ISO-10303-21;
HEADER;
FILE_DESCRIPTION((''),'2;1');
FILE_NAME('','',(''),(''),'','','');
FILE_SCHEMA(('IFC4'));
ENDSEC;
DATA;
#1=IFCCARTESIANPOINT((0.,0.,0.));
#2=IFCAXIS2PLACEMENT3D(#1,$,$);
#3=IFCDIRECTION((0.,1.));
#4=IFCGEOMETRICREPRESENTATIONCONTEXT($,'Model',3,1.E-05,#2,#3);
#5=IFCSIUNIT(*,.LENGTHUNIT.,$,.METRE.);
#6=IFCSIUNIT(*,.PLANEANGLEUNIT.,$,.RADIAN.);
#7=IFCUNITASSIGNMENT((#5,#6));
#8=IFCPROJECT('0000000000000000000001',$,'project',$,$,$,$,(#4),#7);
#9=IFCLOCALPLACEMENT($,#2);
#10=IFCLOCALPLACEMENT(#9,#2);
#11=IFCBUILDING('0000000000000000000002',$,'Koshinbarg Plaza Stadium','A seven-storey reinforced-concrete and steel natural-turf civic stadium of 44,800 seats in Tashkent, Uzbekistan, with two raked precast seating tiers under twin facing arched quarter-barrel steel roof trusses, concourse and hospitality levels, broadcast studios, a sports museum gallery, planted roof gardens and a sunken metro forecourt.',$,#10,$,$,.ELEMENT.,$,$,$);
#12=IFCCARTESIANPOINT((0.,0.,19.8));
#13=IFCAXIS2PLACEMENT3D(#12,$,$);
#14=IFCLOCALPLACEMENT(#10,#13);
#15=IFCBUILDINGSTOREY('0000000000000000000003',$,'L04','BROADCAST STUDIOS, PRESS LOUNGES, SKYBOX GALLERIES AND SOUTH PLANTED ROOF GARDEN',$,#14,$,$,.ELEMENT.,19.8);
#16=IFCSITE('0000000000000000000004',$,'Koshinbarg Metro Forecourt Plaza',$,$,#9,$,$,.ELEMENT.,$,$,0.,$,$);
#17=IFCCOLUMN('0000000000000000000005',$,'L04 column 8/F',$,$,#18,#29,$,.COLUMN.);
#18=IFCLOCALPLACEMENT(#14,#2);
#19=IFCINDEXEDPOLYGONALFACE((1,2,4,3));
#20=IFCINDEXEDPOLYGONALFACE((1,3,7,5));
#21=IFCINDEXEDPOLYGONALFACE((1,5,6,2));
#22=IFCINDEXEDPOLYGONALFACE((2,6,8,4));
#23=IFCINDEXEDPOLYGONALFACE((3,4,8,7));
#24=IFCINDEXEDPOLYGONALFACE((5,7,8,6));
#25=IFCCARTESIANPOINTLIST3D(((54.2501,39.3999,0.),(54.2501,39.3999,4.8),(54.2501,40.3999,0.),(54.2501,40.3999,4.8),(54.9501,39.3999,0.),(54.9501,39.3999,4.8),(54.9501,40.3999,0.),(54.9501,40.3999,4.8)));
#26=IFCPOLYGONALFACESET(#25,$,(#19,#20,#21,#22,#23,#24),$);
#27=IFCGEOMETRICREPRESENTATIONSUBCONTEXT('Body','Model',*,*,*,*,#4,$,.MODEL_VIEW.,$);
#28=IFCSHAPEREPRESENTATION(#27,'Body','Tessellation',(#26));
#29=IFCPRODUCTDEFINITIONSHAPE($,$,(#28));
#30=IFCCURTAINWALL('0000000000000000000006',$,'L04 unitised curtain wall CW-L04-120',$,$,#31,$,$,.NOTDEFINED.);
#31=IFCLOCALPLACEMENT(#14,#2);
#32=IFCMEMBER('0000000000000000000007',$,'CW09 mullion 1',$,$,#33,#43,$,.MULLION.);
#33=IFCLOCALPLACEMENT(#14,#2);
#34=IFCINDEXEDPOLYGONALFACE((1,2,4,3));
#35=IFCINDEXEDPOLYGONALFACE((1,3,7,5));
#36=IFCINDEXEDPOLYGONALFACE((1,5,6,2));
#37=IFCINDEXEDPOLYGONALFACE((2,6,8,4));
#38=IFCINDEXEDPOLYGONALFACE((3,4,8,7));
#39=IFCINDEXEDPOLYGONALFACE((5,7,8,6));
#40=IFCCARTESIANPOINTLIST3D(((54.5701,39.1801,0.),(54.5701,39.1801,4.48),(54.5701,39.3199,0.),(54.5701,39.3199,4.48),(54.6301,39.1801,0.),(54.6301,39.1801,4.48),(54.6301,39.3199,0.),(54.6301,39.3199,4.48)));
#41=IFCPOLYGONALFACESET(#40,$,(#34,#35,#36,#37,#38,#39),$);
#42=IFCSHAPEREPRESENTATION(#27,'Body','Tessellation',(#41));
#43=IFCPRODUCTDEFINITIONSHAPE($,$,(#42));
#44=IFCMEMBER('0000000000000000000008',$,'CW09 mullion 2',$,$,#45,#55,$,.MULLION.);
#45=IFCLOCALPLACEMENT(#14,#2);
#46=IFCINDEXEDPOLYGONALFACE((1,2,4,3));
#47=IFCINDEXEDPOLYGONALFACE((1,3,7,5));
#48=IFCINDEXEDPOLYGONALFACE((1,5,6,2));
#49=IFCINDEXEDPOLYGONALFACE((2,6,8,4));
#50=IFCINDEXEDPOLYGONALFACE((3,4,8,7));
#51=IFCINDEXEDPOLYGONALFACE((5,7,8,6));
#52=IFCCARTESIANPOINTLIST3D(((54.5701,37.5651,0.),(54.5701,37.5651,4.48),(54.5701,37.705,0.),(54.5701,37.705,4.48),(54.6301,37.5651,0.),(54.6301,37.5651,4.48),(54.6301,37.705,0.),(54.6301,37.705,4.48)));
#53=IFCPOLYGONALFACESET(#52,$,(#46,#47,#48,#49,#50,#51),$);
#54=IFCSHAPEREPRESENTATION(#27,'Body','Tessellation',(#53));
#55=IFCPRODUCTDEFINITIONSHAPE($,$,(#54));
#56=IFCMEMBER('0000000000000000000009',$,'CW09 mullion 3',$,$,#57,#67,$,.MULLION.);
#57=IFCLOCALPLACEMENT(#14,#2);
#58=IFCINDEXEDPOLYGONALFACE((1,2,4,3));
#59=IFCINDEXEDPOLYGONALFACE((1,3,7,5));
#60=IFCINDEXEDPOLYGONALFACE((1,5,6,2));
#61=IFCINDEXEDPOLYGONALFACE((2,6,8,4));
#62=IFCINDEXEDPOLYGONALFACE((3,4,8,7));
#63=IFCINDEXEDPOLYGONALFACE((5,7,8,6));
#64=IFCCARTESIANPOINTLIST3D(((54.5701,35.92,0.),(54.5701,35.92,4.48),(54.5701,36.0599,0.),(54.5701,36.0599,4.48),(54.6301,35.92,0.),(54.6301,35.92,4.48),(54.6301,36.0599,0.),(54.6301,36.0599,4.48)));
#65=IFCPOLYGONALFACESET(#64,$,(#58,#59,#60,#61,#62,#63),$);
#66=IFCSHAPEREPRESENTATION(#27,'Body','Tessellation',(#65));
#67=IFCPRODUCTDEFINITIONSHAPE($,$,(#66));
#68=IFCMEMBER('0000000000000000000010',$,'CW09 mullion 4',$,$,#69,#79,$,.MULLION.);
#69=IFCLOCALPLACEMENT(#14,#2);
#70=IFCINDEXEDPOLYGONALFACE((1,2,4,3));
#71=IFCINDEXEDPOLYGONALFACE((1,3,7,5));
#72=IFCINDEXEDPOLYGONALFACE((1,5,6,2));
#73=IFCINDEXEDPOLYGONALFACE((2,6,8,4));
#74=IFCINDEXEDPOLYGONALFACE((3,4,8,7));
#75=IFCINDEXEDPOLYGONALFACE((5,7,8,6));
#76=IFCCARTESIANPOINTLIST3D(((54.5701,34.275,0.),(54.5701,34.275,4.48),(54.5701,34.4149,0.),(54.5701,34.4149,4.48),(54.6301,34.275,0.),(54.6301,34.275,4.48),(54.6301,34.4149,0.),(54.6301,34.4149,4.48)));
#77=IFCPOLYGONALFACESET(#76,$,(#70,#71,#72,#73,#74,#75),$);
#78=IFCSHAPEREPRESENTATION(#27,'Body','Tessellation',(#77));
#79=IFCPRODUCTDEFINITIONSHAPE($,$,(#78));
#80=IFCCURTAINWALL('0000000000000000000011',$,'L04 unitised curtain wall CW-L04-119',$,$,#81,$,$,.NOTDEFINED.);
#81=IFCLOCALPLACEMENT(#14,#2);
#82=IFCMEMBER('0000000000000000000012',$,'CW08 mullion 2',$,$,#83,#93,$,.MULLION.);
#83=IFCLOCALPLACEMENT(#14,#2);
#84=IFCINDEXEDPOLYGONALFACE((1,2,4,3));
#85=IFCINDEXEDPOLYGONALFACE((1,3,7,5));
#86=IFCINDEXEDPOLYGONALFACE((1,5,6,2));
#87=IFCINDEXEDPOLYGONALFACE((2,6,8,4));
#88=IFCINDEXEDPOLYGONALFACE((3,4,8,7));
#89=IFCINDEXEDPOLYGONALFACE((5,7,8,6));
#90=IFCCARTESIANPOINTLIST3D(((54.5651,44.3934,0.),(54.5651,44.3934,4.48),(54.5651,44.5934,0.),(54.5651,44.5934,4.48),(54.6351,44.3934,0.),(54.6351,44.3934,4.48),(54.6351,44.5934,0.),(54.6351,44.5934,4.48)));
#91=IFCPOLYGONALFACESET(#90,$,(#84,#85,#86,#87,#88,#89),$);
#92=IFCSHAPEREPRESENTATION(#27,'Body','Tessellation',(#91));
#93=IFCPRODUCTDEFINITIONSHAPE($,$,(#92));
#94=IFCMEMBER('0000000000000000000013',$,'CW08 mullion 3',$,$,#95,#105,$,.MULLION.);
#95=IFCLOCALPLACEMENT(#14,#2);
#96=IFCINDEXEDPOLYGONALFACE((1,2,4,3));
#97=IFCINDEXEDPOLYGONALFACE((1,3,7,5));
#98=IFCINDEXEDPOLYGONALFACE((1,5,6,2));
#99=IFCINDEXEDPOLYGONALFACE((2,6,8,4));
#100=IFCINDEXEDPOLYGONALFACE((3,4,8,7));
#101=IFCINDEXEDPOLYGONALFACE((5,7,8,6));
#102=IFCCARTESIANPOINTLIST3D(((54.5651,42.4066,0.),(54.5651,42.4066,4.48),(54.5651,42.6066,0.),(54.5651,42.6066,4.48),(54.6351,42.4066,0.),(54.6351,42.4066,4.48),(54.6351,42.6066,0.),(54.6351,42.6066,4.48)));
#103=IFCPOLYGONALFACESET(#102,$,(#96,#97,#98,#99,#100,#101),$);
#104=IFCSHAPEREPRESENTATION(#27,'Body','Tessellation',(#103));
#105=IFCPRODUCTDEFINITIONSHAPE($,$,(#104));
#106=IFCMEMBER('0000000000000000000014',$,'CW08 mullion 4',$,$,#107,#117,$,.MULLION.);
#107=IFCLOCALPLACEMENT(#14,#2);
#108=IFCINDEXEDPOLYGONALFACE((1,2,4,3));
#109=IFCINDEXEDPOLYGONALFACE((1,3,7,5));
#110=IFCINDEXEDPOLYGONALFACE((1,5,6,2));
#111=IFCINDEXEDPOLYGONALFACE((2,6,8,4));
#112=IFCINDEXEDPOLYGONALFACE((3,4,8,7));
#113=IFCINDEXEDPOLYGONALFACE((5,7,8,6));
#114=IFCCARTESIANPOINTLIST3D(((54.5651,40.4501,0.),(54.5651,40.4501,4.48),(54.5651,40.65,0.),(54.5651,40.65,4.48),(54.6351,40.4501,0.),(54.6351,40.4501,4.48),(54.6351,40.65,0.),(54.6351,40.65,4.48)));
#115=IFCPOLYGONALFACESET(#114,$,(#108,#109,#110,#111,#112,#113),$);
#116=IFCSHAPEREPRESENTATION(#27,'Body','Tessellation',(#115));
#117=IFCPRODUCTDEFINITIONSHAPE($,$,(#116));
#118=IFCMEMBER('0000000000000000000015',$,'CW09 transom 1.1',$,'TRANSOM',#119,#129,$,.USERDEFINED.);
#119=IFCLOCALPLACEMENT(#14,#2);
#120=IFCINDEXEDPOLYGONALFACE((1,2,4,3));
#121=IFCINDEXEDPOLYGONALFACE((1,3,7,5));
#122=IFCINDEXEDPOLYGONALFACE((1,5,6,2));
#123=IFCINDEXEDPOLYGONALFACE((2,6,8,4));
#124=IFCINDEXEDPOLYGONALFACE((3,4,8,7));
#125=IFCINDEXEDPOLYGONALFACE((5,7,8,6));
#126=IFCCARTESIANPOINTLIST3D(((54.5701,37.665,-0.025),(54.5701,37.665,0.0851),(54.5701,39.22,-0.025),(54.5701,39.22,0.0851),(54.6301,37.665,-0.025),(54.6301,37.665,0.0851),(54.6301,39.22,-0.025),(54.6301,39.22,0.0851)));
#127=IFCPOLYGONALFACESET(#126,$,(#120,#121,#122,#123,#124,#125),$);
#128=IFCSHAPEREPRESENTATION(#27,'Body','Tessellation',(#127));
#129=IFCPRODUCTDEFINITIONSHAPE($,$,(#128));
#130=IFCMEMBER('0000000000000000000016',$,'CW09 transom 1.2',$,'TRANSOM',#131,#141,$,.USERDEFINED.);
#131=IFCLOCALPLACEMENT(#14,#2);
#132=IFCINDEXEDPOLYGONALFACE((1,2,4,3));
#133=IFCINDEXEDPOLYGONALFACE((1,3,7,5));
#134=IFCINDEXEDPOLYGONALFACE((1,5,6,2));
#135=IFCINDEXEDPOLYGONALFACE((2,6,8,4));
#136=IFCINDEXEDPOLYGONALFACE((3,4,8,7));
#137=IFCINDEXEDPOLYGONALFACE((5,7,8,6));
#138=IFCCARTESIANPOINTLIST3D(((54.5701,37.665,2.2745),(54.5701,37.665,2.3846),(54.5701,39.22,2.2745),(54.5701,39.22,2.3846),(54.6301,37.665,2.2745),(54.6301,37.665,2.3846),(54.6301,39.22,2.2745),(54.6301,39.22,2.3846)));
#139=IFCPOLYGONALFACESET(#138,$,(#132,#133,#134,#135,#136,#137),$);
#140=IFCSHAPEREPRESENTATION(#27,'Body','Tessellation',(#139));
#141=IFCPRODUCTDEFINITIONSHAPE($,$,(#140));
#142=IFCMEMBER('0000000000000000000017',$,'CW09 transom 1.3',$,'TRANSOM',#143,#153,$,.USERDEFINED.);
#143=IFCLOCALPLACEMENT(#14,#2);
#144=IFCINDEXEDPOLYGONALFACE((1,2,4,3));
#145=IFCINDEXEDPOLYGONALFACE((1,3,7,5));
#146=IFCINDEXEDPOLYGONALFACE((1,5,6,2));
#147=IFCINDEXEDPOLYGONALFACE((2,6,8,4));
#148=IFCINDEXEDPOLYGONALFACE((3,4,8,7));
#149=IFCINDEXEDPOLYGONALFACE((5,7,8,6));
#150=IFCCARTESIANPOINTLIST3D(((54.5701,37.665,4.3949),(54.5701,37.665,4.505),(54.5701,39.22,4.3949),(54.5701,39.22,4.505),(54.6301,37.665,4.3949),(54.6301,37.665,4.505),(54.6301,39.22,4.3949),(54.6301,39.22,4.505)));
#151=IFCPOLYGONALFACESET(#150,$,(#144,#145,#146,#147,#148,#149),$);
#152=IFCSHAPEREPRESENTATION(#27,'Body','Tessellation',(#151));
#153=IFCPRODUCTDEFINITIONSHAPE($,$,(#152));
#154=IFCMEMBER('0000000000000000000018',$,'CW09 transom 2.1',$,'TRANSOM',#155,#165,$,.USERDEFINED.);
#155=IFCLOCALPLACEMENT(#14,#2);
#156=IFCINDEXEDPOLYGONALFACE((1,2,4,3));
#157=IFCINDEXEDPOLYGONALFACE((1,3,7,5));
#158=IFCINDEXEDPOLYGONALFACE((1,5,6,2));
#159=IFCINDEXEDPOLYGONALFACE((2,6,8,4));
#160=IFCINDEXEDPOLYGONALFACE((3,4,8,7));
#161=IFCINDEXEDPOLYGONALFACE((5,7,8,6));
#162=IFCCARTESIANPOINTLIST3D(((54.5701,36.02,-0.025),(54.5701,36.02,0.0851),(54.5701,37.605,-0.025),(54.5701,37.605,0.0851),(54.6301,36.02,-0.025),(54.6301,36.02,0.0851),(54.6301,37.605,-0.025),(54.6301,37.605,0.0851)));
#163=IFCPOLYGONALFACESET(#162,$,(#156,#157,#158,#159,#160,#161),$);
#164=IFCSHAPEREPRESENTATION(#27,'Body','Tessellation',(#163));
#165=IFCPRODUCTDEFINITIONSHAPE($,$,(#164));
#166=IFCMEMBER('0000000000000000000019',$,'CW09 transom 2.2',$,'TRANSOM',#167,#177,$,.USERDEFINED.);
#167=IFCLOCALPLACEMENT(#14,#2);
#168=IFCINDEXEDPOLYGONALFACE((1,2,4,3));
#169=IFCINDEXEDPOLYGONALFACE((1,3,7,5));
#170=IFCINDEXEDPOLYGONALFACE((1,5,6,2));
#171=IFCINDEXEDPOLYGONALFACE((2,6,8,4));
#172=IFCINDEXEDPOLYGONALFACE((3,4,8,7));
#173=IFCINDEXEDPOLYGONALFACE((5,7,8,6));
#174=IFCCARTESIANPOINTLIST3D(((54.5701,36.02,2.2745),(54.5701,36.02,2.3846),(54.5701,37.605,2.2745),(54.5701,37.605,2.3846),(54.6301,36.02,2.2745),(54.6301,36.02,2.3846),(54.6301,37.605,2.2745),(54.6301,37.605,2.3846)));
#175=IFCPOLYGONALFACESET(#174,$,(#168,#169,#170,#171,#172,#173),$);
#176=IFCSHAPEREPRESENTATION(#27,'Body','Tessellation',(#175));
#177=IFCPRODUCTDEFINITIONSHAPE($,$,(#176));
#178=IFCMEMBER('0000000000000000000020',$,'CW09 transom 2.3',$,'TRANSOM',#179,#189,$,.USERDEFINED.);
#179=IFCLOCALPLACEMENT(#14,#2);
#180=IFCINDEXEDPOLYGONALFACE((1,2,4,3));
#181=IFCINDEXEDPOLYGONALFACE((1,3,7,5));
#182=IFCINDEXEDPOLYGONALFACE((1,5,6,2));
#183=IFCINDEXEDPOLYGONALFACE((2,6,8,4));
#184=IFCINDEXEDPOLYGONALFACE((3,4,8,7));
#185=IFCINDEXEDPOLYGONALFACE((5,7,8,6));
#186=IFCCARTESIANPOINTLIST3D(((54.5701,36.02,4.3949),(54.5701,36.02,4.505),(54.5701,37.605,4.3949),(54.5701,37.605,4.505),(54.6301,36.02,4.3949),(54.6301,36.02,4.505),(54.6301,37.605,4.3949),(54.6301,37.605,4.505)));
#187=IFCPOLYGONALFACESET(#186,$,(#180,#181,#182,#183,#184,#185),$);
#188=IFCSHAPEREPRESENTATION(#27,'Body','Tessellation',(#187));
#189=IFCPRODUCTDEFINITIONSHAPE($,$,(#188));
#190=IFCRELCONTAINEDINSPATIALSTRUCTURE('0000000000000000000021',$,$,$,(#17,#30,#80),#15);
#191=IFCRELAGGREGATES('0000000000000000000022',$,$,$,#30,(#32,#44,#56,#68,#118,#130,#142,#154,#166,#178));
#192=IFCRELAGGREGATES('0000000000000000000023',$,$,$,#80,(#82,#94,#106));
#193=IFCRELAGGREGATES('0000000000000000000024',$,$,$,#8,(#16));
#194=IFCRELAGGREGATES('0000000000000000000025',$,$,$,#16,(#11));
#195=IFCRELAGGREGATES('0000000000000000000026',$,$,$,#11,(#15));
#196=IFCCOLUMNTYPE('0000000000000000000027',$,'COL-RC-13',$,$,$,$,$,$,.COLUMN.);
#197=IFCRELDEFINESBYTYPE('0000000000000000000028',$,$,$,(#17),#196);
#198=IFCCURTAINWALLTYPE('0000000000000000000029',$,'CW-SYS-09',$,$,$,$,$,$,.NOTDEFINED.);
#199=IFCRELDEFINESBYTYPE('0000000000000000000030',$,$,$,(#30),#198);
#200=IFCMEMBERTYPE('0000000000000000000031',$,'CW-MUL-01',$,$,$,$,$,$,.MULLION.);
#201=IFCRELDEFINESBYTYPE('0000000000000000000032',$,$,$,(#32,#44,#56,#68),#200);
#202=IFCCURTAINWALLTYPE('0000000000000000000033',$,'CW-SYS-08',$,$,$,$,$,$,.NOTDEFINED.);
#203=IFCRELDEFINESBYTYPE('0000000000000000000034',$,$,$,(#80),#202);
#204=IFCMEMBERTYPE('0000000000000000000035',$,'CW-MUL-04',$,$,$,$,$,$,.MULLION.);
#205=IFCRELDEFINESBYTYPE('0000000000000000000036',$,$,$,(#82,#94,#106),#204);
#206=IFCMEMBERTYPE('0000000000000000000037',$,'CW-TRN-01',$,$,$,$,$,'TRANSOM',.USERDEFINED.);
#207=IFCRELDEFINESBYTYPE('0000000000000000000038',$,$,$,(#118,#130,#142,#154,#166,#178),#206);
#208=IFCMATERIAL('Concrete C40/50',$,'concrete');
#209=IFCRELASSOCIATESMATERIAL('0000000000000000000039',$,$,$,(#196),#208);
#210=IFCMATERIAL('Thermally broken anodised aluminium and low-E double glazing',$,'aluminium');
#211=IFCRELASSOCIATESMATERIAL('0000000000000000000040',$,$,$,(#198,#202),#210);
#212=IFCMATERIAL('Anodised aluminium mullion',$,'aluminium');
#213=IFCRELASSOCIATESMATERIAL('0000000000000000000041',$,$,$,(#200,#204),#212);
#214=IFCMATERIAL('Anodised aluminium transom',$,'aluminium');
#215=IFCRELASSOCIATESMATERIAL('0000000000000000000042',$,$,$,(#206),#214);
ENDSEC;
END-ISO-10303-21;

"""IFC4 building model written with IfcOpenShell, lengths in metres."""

from ifc_helpers import new_model, si_unit, direction, frame, origin, origin_2d, place, context, subcontext, project, spatial, rectangle, extrude, material, material_profile, profile_set, type_object, element, aggregate, save


model = new_model("IFC4")

# Units and contexts
model_context = context("Model", 3, precision=1e-05, world=origin(), true_north=direction((0.0, 1.0)))
body_context = subcontext(model_context, "Body", "Model", "MODEL_VIEW")
ifc_project = project(units=[si_unit("LENGTHUNIT", "METRE"), si_unit("PLANEANGLEUNIT", "RADIAN")], contexts=[model_context])

# Site, building, storey
site_placement = place(None, origin())
site = spatial("IfcSite", under=ifc_project, at=site_placement, Name="Koshinbarg Metro Forecourt Plaza", CompositionType="ELEMENT", RefElevation=0.0)
building_placement = place(site_placement, origin())
building = spatial("IfcBuilding", under=site, at=building_placement, Name="Koshinbarg Plaza Stadium", Description="A seven-storey reinforced-concrete and steel natural-turf civic stadium of 44,800 seats in Tashkent, Uzbekistan, with two raked precast seating tiers under twin facing arched quarter-barrel steel roof trusses, concourse and hospitality levels, broadcast studios, a sports museum gallery, planted roof gardens and a sunken metro forecourt.", CompositionType="ELEMENT")
storey_placement = place(building_placement, frame((0.0, 0.0, 19.8)))
storey = spatial("IfcBuildingStorey", under=building, at=storey_placement, Name="L04", Description="BROADCAST STUDIOS, PRESS LOUNGES, SKYBOX GALLERIES AND SOUTH PLANTED ROOF GARDEN", CompositionType="ELEMENT", Elevation=19.8)

# Column
ifc_material_1 = material(Name="Concrete C40/50", Category="concrete")
ifc_material_profile_1 = material_profile(ifc_material_1, rectangle(XDim=0.7, YDim=1.0, at=origin_2d()), Name="RC 700x1000")
ifc_profile_set_1 = profile_set([ifc_material_profile_1], Name="Concrete C40/50")
column_type = type_object("IfcColumnType", Name="COL-RC-13", PredefinedType="COLUMN", material=ifc_profile_set_1)
column_placement = place(storey_placement, frame((54.6001, 39.8999, 0.0), z_axis=(0.0, 0.0, 1.0), x_axis=(1.0, 0.0, 0.0)))
element("IfcColumn", 1, at=column_placement, inside=storey, type_object=column_type, Name="L04 column 8/F", PredefinedType="COLUMN", context=body_context, shape_type="SweptSolid", body=[
    extrude(rectangle(XDim=0.7, YDim=1.0, at=origin_2d()), origin(), (0.0, 0.0, 1.0), 4.8),
])

# Curtain walls, members
ifc_material_2 = material(Name="Thermally broken anodised aluminium and low-E double glazing", Category="aluminium")
curtain_wall_type_1 = type_object("IfcCurtainWallType", Name="CW-SYS-09", PredefinedType="NOTDEFINED", material=ifc_material_2)
curtain_wall_1_placement = place(storey_placement, origin())
curtain_wall_1 = element("IfcCurtainWall", 2, at=curtain_wall_1_placement, inside=storey, type_object=curtain_wall_type_1, Name="L04 unitised curtain wall CW-L04-120", PredefinedType="NOTDEFINED")
ifc_material_3 = material(Name="Anodised aluminium mullion", Category="aluminium")
ifc_material_profile_2 = material_profile(ifc_material_3, rectangle(XDim=0.0601, YDim=0.1399, at=origin_2d()), Name="ALU 60x140")
ifc_profile_set_2 = profile_set([ifc_material_profile_2], Name="Anodised aluminium mullion")
member_type_1 = type_object("IfcMemberType", Name="CW-MUL-01", PredefinedType="MULLION", material=ifc_profile_set_2)
member_1_placement = place(storey_placement, frame((54.6001, 39.25, 0.0), z_axis=(0.0, 0.0, 1.0), x_axis=(1.0, 0.0, 0.0)))
member_1 = element("IfcMember", 3, at=member_1_placement, type_object=member_type_1, Name="CW09 mullion 1", PredefinedType="MULLION", context=body_context, shape_type="SweptSolid", body=[
    extrude(rectangle(XDim=0.0601, YDim=0.1399, at=origin_2d()), origin(), (0.0, 0.0, 1.0), 4.48),
])
member_2_placement = place(storey_placement, frame((54.6001, 37.635, 0.0), z_axis=(0.0, 0.0, 1.0), x_axis=(1.0, 0.0, 0.0)))
member_2 = element("IfcMember", 4, at=member_2_placement, type_object=member_type_1, Name="CW09 mullion 2", PredefinedType="MULLION", context=body_context, shape_type="SweptSolid", body=[
    extrude(rectangle(XDim=0.0601, YDim=0.1399, at=origin_2d()), origin(), (0.0, 0.0, 1.0), 4.48),
])
member_3_placement = place(storey_placement, frame((54.6001, 35.99, 0.0), z_axis=(0.0, 0.0, 1.0), x_axis=(1.0, 0.0, 0.0)))
member_3 = element("IfcMember", 5, at=member_3_placement, type_object=member_type_1, Name="CW09 mullion 3", PredefinedType="MULLION", context=body_context, shape_type="SweptSolid", body=[
    extrude(rectangle(XDim=0.0601, YDim=0.1399, at=origin_2d()), origin(), (0.0, 0.0, 1.0), 4.48),
])
member_4_placement = place(storey_placement, frame((54.6001, 34.345, 0.0), z_axis=(0.0, 0.0, 1.0), x_axis=(1.0, 0.0, 0.0)))
member_4 = element("IfcMember", 6, at=member_4_placement, type_object=member_type_1, Name="CW09 mullion 4", PredefinedType="MULLION", context=body_context, shape_type="SweptSolid", body=[
    extrude(rectangle(XDim=0.0601, YDim=0.1399, at=origin_2d()), origin(), (0.0, 0.0, 1.0), 4.48),
])
curtain_wall_type_2 = type_object("IfcCurtainWallType", Name="CW-SYS-08", PredefinedType="NOTDEFINED", material=ifc_material_2)
curtain_wall_2_placement = place(storey_placement, origin())
curtain_wall_2 = element("IfcCurtainWall", 7, at=curtain_wall_2_placement, inside=storey, type_object=curtain_wall_type_2, Name="L04 unitised curtain wall CW-L04-119", PredefinedType="NOTDEFINED")
ifc_material_profile_3 = material_profile(ifc_material_3, rectangle(XDim=0.0701, YDim=0.2, at=origin_2d()), Name="ALU 70x200")
ifc_profile_set_3 = profile_set([ifc_material_profile_3], Name="Anodised aluminium mullion")
member_type_2 = type_object("IfcMemberType", Name="CW-MUL-04", PredefinedType="MULLION", material=ifc_profile_set_3)
member_5_placement = place(storey_placement, frame((54.6001, 44.4934, 0.0), z_axis=(0.0, 0.0, 1.0), x_axis=(1.0, 0.0, 0.0)))
member_5 = element("IfcMember", 8, at=member_5_placement, type_object=member_type_2, Name="CW08 mullion 2", PredefinedType="MULLION", context=body_context, shape_type="SweptSolid", body=[
    extrude(rectangle(XDim=0.0701, YDim=0.2, at=origin_2d()), origin(), (0.0, 0.0, 1.0), 4.48),
])
member_6_placement = place(storey_placement, frame((54.6001, 42.5066, 0.0), z_axis=(0.0, 0.0, 1.0), x_axis=(1.0, 0.0, 0.0)))
member_6 = element("IfcMember", 9, at=member_6_placement, type_object=member_type_2, Name="CW08 mullion 3", PredefinedType="MULLION", context=body_context, shape_type="SweptSolid", body=[
    extrude(rectangle(XDim=0.0701, YDim=0.2, at=origin_2d()), origin(), (0.0, 0.0, 1.0), 4.48),
])
member_7_placement = place(storey_placement, frame((54.6001, 40.55, 0.0), z_axis=(0.0, 0.0, 1.0), x_axis=(1.0, 0.0, 0.0)))
member_7 = element("IfcMember", 10, at=member_7_placement, type_object=member_type_2, Name="CW08 mullion 4", PredefinedType="MULLION", context=body_context, shape_type="SweptSolid", body=[
    extrude(rectangle(XDim=0.0701, YDim=0.2, at=origin_2d()), origin(), (0.0, 0.0, 1.0), 4.48),
])

# Members
ifc_material_4 = material(Name="Anodised aluminium transom", Category="aluminium")
ifc_material_profile_4 = material_profile(ifc_material_4, rectangle(XDim=0.0601, YDim=0.1101, at=origin_2d()), Name="ALU 60x110")
ifc_profile_set_4 = profile_set([ifc_material_profile_4], Name="Anodised aluminium transom")
member_type_3 = type_object("IfcMemberType", Name="CW-TRN-01", ElementType="TRANSOM", PredefinedType="USERDEFINED", material=ifc_profile_set_4)
member_8_placement = place(storey_placement, frame((54.6001, 39.22, 0.03), z_axis=(0.0, -1.0, 0.0), x_axis=(1.0, 0.0, 0.0)))
member_8 = element("IfcMember", 11, at=member_8_placement, type_object=member_type_3, Name="CW09 transom 1.1", ObjectType="TRANSOM", PredefinedType="USERDEFINED", context=body_context, shape_type="SweptSolid", body=[
    extrude(rectangle(XDim=0.0601, YDim=0.1101, at=origin_2d()), origin(), (0.0, 0.0, 1.0), 1.5549),
])
member_9_placement = place(storey_placement, frame((54.6001, 39.22, 2.3296), z_axis=(0.0, -1.0, 0.0), x_axis=(1.0, 0.0, 0.0)))
member_9 = element("IfcMember", 12, at=member_9_placement, type_object=member_type_3, Name="CW09 transom 1.2", ObjectType="TRANSOM", PredefinedType="USERDEFINED", context=body_context, shape_type="SweptSolid", body=[
    extrude(rectangle(XDim=0.0601, YDim=0.1101, at=origin_2d()), origin(), (0.0, 0.0, 1.0), 1.5549),
])
member_10_placement = place(storey_placement, frame((54.6001, 39.22, 4.45), z_axis=(0.0, -1.0, 0.0), x_axis=(1.0, 0.0, 0.0)))
member_10 = element("IfcMember", 13, at=member_10_placement, type_object=member_type_3, Name="CW09 transom 1.3", ObjectType="TRANSOM", PredefinedType="USERDEFINED", context=body_context, shape_type="SweptSolid", body=[
    extrude(rectangle(XDim=0.0601, YDim=0.1101, at=origin_2d()), origin(), (0.0, 0.0, 1.0), 1.5549),
])
member_11_placement = place(storey_placement, frame((54.6001, 37.605, 0.03), z_axis=(0.0, -1.0, 0.0), x_axis=(1.0, 0.0, 0.0)))
member_11 = element("IfcMember", 14, at=member_11_placement, type_object=member_type_3, Name="CW09 transom 2.1", ObjectType="TRANSOM", PredefinedType="USERDEFINED", context=body_context, shape_type="SweptSolid", body=[
    extrude(rectangle(XDim=0.0601, YDim=0.1101, at=origin_2d()), origin(), (0.0, 0.0, 1.0), 1.585),
])
member_12_placement = place(storey_placement, frame((54.6001, 37.605, 2.3296), z_axis=(0.0, -1.0, 0.0), x_axis=(1.0, 0.0, 0.0)))
member_12 = element("IfcMember", 15, at=member_12_placement, type_object=member_type_3, Name="CW09 transom 2.2", ObjectType="TRANSOM", PredefinedType="USERDEFINED", context=body_context, shape_type="SweptSolid", body=[
    extrude(rectangle(XDim=0.0601, YDim=0.1101, at=origin_2d()), origin(), (0.0, 0.0, 1.0), 1.585),
])
member_13_placement = place(storey_placement, frame((54.6001, 37.605, 4.45), z_axis=(0.0, -1.0, 0.0), x_axis=(1.0, 0.0, 0.0)))
member_13 = element("IfcMember", 16, at=member_13_placement, type_object=member_type_3, Name="CW09 transom 2.3", ObjectType="TRANSOM", PredefinedType="USERDEFINED", context=body_context, shape_type="SweptSolid", body=[
    extrude(rectangle(XDim=0.0601, YDim=0.1101, at=origin_2d()), origin(), (0.0, 0.0, 1.0), 1.585),
])

aggregate(curtain_wall_1, [member_1, member_2, member_3, member_4, member_8, member_9, member_10, member_11, member_12, member_13])
aggregate(curtain_wall_2, [member_5, member_6, member_7])

save(model, "model.ifc")
